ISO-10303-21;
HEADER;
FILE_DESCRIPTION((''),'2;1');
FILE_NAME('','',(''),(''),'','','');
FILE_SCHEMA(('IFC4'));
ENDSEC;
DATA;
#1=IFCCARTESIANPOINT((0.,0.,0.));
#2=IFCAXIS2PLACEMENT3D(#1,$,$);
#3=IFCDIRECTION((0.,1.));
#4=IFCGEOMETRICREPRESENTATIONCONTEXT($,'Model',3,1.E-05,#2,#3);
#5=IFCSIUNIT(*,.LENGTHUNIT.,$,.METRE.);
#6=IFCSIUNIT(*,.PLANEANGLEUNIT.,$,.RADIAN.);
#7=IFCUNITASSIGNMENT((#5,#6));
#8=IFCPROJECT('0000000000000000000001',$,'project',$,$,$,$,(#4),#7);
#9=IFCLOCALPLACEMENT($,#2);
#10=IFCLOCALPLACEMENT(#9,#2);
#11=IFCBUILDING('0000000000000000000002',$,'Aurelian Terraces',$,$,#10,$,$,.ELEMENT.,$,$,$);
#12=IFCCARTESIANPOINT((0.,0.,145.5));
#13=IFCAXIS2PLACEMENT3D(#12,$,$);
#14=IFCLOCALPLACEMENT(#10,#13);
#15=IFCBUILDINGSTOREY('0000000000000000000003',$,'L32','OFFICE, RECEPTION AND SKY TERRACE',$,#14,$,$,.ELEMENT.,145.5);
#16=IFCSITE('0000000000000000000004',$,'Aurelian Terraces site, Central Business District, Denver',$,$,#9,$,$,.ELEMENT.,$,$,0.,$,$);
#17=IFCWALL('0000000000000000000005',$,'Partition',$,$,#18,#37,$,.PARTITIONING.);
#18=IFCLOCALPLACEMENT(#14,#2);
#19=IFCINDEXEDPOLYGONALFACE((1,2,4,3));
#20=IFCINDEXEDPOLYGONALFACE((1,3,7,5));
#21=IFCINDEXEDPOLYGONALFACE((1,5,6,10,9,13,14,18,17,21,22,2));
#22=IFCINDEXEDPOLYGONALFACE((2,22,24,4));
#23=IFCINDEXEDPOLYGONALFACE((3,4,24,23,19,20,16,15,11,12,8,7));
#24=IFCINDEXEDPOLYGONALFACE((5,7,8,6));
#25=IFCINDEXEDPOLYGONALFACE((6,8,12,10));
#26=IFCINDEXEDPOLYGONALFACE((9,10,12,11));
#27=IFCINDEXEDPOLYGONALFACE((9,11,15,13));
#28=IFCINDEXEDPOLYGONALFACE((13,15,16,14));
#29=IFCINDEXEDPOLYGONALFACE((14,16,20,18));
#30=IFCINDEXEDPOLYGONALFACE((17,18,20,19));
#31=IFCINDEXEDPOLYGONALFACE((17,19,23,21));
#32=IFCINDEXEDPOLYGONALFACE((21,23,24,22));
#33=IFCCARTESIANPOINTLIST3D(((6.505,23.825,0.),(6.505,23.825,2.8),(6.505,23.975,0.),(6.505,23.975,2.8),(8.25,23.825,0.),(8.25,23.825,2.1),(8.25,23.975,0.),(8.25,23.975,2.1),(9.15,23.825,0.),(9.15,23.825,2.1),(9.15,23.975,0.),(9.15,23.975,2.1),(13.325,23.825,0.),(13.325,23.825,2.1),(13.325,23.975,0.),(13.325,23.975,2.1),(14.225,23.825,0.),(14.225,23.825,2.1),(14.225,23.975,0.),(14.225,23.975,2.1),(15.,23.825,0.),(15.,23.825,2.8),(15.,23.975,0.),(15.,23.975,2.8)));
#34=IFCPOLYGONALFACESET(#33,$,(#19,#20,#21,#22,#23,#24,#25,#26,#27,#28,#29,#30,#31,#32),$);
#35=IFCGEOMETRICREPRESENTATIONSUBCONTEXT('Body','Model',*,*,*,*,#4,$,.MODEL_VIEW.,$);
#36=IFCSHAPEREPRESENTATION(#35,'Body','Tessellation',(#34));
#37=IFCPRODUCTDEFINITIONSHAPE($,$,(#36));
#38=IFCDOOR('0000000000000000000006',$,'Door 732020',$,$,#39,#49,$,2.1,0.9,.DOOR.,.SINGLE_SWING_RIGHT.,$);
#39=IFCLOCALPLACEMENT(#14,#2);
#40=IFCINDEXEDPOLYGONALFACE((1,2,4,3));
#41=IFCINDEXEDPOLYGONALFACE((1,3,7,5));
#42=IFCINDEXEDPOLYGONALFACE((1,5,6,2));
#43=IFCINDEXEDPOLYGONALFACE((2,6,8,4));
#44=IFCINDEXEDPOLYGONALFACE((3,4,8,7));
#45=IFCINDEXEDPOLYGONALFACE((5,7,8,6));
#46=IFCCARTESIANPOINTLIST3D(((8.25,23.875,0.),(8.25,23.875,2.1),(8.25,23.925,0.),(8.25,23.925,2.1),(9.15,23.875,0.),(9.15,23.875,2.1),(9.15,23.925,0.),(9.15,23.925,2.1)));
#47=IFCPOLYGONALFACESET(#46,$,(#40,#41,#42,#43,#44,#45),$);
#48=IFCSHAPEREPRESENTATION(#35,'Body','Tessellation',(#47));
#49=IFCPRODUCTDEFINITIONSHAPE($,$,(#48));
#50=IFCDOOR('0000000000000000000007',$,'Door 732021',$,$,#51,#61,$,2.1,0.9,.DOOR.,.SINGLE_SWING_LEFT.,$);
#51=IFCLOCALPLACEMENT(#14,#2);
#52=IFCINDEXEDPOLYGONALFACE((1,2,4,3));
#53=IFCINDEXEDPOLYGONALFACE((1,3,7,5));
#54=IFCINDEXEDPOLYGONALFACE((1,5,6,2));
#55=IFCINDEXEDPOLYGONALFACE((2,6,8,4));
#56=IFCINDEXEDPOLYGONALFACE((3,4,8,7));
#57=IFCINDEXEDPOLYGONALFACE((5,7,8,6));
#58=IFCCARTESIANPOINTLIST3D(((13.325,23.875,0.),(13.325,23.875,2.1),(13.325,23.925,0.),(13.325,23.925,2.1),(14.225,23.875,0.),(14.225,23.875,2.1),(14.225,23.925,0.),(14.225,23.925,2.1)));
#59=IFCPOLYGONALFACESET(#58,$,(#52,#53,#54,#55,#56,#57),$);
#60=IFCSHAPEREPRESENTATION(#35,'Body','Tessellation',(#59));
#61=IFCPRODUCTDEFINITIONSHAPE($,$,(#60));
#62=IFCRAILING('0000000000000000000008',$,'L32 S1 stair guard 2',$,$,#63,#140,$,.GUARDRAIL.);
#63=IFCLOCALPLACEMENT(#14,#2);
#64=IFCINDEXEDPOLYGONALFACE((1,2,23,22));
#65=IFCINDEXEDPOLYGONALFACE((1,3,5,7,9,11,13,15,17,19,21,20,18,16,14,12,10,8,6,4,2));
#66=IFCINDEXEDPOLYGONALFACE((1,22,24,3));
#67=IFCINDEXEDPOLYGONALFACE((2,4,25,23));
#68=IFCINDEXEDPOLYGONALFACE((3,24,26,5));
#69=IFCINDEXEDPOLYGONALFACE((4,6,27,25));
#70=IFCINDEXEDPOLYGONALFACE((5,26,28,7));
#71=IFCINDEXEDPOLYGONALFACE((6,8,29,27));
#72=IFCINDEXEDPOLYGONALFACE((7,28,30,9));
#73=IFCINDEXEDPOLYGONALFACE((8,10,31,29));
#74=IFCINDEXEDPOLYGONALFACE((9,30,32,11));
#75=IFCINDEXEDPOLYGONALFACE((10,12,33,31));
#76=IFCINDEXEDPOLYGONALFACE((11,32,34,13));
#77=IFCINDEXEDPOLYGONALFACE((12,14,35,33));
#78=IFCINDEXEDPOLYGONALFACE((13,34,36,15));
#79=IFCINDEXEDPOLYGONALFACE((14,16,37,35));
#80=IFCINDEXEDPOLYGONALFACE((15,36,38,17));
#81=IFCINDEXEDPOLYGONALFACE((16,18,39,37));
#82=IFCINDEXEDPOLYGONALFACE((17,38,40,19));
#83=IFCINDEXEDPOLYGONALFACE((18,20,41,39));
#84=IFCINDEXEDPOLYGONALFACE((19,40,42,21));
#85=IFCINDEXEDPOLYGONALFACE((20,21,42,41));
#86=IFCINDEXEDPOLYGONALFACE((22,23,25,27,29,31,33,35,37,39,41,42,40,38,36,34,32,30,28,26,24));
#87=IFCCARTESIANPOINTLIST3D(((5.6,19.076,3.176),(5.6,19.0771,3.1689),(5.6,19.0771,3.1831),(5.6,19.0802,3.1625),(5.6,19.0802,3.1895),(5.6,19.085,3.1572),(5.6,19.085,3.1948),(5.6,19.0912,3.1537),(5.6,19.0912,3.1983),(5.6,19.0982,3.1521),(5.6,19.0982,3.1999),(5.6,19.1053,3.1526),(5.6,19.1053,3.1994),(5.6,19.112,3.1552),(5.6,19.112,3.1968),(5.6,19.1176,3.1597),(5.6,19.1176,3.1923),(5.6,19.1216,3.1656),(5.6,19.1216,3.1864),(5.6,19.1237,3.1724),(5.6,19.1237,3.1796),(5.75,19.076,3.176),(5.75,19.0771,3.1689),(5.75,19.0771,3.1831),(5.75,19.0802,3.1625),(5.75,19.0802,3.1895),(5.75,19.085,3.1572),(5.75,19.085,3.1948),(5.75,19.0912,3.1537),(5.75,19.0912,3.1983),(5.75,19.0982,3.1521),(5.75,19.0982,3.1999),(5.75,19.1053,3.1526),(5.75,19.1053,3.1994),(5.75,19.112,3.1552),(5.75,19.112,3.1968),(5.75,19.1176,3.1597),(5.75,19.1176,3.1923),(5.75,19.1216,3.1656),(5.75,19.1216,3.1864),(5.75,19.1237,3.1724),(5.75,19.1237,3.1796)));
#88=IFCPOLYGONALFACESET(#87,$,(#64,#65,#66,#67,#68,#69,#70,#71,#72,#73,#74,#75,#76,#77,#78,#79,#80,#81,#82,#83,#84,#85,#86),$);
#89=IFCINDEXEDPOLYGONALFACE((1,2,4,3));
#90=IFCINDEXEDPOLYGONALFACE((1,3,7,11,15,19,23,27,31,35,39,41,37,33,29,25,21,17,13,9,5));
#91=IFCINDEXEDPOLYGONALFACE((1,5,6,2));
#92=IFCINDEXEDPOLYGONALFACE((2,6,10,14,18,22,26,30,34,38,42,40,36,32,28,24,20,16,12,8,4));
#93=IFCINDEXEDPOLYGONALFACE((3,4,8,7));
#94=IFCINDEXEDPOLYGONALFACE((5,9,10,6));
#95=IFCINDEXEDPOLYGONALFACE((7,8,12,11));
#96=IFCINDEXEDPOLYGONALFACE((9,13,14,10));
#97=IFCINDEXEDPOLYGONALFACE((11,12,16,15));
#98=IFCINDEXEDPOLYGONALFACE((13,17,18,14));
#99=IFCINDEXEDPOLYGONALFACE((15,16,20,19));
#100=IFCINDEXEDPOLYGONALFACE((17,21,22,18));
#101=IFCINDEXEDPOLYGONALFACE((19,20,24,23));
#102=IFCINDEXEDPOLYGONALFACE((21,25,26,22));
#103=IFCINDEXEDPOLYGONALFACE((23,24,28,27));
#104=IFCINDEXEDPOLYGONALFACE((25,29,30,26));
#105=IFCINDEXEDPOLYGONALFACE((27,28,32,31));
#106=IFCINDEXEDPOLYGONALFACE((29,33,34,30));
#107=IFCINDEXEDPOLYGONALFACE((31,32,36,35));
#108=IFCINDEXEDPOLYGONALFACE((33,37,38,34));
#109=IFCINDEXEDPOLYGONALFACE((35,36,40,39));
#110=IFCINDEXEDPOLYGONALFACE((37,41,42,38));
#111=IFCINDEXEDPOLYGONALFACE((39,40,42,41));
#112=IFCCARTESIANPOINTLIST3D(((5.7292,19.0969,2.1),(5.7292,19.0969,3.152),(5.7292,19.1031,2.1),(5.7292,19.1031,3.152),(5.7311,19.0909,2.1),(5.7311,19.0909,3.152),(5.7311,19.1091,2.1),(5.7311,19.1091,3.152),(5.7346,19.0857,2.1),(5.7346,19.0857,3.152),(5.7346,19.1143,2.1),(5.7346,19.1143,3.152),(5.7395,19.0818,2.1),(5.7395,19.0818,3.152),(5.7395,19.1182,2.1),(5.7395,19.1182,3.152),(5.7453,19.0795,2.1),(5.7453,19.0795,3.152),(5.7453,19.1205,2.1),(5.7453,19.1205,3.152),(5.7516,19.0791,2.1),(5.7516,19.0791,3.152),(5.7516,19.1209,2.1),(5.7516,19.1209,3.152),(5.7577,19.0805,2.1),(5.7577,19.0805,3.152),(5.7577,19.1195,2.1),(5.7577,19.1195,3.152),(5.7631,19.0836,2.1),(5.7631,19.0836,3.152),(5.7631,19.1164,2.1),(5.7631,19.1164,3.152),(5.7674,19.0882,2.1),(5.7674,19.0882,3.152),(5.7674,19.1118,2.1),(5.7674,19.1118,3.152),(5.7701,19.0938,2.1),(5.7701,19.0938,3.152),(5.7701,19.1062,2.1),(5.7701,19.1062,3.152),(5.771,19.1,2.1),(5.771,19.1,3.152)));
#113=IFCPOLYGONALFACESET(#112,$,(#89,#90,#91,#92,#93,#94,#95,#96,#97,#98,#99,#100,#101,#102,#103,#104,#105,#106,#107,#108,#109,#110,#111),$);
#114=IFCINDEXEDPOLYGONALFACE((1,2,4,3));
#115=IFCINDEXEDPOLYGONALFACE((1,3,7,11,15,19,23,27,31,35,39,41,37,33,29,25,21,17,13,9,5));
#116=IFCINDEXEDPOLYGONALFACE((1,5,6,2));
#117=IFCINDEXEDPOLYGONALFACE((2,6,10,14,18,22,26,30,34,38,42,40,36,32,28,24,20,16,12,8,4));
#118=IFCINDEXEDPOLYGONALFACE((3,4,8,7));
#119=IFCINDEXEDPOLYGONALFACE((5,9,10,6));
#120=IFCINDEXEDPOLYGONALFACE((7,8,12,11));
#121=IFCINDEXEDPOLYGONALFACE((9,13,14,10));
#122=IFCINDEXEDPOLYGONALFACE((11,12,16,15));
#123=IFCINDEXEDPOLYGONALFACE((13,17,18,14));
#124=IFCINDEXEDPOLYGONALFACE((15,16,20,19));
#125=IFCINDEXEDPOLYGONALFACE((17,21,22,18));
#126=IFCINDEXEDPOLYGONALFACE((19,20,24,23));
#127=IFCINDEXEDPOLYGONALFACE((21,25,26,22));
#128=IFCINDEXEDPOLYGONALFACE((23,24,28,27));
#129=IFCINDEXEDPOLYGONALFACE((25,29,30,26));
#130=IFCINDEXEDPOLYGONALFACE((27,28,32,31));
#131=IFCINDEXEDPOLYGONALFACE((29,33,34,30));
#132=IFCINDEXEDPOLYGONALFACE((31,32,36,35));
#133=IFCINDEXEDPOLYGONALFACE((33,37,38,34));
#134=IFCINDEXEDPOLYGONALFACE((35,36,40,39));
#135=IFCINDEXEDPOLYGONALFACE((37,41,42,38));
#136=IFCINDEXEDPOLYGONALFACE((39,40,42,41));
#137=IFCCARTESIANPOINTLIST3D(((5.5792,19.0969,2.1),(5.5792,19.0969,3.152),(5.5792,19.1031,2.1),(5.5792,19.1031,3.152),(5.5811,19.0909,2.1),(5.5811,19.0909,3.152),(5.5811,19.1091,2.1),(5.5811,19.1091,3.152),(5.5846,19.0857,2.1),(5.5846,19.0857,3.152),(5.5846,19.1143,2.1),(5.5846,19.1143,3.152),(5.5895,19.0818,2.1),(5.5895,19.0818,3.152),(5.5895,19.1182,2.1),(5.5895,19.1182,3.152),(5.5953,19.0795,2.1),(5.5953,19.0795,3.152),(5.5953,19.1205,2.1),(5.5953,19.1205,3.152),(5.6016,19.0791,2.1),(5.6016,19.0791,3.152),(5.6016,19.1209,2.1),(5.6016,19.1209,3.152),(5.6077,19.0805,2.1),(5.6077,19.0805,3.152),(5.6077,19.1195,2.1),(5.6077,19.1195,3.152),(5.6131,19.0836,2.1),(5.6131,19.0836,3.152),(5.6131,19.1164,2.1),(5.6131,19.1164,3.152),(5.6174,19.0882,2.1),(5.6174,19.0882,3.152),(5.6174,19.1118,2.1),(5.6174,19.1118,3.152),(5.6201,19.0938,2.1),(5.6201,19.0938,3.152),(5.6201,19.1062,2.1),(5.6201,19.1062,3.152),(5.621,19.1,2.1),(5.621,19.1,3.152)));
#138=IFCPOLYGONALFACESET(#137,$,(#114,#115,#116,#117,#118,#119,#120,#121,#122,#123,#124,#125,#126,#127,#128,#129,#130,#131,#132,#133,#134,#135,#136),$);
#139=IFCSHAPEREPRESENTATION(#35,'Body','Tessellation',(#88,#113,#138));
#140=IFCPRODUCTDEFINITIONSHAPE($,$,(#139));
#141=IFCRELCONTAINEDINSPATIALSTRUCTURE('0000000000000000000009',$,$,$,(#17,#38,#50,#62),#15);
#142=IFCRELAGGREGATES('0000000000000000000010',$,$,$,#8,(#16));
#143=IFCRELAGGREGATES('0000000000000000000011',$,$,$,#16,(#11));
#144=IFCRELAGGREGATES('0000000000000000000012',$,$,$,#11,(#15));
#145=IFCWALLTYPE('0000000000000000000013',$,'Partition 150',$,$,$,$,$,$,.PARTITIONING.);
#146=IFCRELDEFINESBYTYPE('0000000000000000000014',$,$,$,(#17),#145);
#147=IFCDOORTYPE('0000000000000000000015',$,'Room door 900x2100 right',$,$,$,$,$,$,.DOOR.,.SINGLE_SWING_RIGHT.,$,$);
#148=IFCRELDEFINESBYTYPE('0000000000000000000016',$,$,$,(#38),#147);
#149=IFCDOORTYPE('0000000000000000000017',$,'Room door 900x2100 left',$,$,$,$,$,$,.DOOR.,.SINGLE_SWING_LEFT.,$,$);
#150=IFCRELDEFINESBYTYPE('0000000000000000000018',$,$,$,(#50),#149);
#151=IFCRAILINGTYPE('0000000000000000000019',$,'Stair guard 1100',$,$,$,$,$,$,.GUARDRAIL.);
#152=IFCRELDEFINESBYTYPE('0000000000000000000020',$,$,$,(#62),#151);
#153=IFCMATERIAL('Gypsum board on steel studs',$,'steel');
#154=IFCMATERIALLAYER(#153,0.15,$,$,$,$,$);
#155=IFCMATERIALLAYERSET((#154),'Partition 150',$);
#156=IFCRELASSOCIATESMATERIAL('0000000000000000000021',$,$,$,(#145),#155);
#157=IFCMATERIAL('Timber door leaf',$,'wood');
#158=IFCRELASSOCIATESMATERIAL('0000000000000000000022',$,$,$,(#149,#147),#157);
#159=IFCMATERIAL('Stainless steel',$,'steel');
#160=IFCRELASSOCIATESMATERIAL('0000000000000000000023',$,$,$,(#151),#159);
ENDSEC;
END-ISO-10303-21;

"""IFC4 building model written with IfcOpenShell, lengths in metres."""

from ifc_helpers import new_model, si_unit, direction, frame, frame_2d, origin, origin_2d, place, context, subcontext, project, spatial, rectangle, circle, extrude, source, transform, mapped, material, layer, layer_set, type_object, element, fill, save


model = new_model("IFC4")

# Units and contexts
model_context = context("Model", 3, precision=1e-05, world=origin(), true_north=direction((0.0, 1.0)))
body_context = subcontext(model_context, "Body", "Model", "MODEL_VIEW")
ifc_project = project(units=[si_unit("LENGTHUNIT", "METRE"), si_unit("PLANEANGLEUNIT", "RADIAN")], contexts=[model_context])

# Site, building, storey
site_placement = place(None, origin())
site = spatial("IfcSite", under=ifc_project, at=site_placement, Name="Aurelian Terraces site, Central Business District, Denver", CompositionType="ELEMENT", RefElevation=0.0)
building_placement = place(site_placement, origin())
building = spatial("IfcBuilding", under=site, at=building_placement, Name="Aurelian Terraces", CompositionType="ELEMENT")
storey_placement = place(building_placement, frame((0.0, 0.0, 145.5)))
storey = spatial("IfcBuildingStorey", under=building, at=storey_placement, Name="L32", Description="OFFICE, RECEPTION AND SKY TERRACE", CompositionType="ELEMENT", Elevation=145.5)

# Shared definitions
ifc_material_1 = material(Name="Gypsum board on steel studs", Category="steel")
ifc_layer_1 = layer(ifc_material_1, 0.15)
ifc_layer_set_1 = layer_set([ifc_layer_1], Name="Partition 150")
wall_type_1 = type_object("IfcWallType", Name="Partition 150", PredefinedType="PARTITIONING", material=ifc_layer_set_1)
shared_shape_1 = source(origin(), body_context, "Body", "SweptSolid", [
    extrude(rectangle(XDim=0.9, YDim=2.1, at=frame_2d((0.45, 1.05))), frame((0.0, 0.085, 0.0), z_axis=(0.0, -1.0, 0.0), x_axis=(1.0, 0.0, 0.0)), (0.0, 0.0, 1.0), 0.17),
])
ifc_material_2 = material(Name="Timber door leaf", Category="wood")
door_type_1 = type_object("IfcDoorType", Name="Room door 900x2100 left", OperationType="SINGLE_SWING_LEFT", PredefinedType="DOOR", material=ifc_material_2)
shared_shape_2 = source(origin(), body_context, "Body", "SweptSolid", [
    extrude(rectangle(XDim=0.9, YDim=2.1, at=frame_2d((0.45, 1.05))), frame((0.0, 0.025, 0.0), z_axis=(0.0, -1.0, 0.0), x_axis=(1.0, 0.0, 0.0)), (0.0, 0.0, 1.0), 0.05),
])
door_type_2 = type_object("IfcDoorType", Name="Room door 900x2100 right", OperationType="SINGLE_SWING_RIGHT", PredefinedType="DOOR", material=ifc_material_2)

# Wall, openings, doors
shared_shape_3 = source(origin(), body_context, "Body", "SweptSolid", [
    extrude(rectangle(XDim=8.495, YDim=0.15, at=frame_2d((4.2475, 0.0))), origin(), (0.0, 0.0, 1.0), 2.8),
])
wall_1_placement = place(storey_placement, frame((6.505, 23.9, 0.0), z_axis=(0.0, 0.0, 1.0), x_axis=(1.0, 0.0, 0.0)))
wall_1 = element("IfcWall", 1, at=wall_1_placement, inside=storey, type_object=wall_type_1, Name="Partition", PredefinedType="PARTITIONING", context=body_context, shape_type="MappedRepresentation", body=[
    mapped(shared_shape_3, transform((0.0, 0.0, 0.0), scale=1.0)),
])
opening_1_placement = place(wall_1_placement, frame((1.745, 0.0, 0.0)))
opening_1 = element("IfcOpeningElement", 2, at=opening_1_placement, cuts=wall_1, PredefinedType="OPENING", context=body_context, shape_type="MappedRepresentation", body=[
    mapped(shared_shape_1, transform((0.0, 0.0, 0.0), scale=1.0)),
])
opening_2_placement = place(wall_1_placement, frame((6.82, 0.0, 0.0)))
opening_2 = element("IfcOpeningElement", 3, at=opening_2_placement, cuts=wall_1, PredefinedType="OPENING", context=body_context, shape_type="MappedRepresentation", body=[
    mapped(shared_shape_1, transform((0.0, 0.0, 0.0), scale=1.0)),
])
door_1_placement = place(opening_1_placement, origin())
door_1 = element("IfcDoor", 4, at=door_1_placement, inside=storey, type_object=door_type_2, Name="Door 732020", OperationType="SINGLE_SWING_RIGHT", OverallHeight=2.1, OverallWidth=0.9, PredefinedType="DOOR", context=body_context, shape_type="MappedRepresentation", body=[
    mapped(shared_shape_2, transform((0.0, 0.0, 0.0), scale=1.0)),
])
fill(opening_1, door_1)
door_2_placement = place(opening_2_placement, origin())
door_2 = element("IfcDoor", 5, at=door_2_placement, inside=storey, type_object=door_type_1, Name="Door 732021", OperationType="SINGLE_SWING_LEFT", OverallHeight=2.1, OverallWidth=0.9, PredefinedType="DOOR", context=body_context, shape_type="MappedRepresentation", body=[
    mapped(shared_shape_2, transform((0.0, 0.0, 0.0), scale=1.0)),
])
fill(opening_2, door_2)

# Railing
ifc_material_3 = material(Name="Stainless steel", Category="steel")
railing_type = type_object("IfcRailingType", Name="Stair guard 1100", PredefinedType="GUARDRAIL", material=ifc_material_3)
shared_shape_4 = source(origin(), body_context, "Body", "SweptSolid", [
    extrude(circle(Radius=0.024, at=origin_2d()), frame((0.0, 0.0, 1.076), z_axis=(-1.0, 0.0, 0.0), x_axis=(0.0, -1.0, 0.0)), (0.0, 0.0, 1.0), 0.15),
    extrude(circle(Radius=0.021, at=origin_2d()), origin(), (0.0, 0.0, 1.0), 1.052),
    extrude(circle(Radius=0.021, at=origin_2d()), frame((-0.15, 0.0, 0.0)), (0.0, 0.0, 1.0), 1.052),
])
railing_placement = place(storey_placement, frame((5.75, 19.1, 2.1)))
element("IfcRailing", 6, at=railing_placement, inside=storey, type_object=railing_type, Name="L32 S1 stair guard 2", PredefinedType="GUARDRAIL", context=body_context, shape_type="MappedRepresentation", body=[
    mapped(shared_shape_4, transform((0.0, 0.0, 0.0), scale=1.0)),
])

save(model, "model.ifc")
